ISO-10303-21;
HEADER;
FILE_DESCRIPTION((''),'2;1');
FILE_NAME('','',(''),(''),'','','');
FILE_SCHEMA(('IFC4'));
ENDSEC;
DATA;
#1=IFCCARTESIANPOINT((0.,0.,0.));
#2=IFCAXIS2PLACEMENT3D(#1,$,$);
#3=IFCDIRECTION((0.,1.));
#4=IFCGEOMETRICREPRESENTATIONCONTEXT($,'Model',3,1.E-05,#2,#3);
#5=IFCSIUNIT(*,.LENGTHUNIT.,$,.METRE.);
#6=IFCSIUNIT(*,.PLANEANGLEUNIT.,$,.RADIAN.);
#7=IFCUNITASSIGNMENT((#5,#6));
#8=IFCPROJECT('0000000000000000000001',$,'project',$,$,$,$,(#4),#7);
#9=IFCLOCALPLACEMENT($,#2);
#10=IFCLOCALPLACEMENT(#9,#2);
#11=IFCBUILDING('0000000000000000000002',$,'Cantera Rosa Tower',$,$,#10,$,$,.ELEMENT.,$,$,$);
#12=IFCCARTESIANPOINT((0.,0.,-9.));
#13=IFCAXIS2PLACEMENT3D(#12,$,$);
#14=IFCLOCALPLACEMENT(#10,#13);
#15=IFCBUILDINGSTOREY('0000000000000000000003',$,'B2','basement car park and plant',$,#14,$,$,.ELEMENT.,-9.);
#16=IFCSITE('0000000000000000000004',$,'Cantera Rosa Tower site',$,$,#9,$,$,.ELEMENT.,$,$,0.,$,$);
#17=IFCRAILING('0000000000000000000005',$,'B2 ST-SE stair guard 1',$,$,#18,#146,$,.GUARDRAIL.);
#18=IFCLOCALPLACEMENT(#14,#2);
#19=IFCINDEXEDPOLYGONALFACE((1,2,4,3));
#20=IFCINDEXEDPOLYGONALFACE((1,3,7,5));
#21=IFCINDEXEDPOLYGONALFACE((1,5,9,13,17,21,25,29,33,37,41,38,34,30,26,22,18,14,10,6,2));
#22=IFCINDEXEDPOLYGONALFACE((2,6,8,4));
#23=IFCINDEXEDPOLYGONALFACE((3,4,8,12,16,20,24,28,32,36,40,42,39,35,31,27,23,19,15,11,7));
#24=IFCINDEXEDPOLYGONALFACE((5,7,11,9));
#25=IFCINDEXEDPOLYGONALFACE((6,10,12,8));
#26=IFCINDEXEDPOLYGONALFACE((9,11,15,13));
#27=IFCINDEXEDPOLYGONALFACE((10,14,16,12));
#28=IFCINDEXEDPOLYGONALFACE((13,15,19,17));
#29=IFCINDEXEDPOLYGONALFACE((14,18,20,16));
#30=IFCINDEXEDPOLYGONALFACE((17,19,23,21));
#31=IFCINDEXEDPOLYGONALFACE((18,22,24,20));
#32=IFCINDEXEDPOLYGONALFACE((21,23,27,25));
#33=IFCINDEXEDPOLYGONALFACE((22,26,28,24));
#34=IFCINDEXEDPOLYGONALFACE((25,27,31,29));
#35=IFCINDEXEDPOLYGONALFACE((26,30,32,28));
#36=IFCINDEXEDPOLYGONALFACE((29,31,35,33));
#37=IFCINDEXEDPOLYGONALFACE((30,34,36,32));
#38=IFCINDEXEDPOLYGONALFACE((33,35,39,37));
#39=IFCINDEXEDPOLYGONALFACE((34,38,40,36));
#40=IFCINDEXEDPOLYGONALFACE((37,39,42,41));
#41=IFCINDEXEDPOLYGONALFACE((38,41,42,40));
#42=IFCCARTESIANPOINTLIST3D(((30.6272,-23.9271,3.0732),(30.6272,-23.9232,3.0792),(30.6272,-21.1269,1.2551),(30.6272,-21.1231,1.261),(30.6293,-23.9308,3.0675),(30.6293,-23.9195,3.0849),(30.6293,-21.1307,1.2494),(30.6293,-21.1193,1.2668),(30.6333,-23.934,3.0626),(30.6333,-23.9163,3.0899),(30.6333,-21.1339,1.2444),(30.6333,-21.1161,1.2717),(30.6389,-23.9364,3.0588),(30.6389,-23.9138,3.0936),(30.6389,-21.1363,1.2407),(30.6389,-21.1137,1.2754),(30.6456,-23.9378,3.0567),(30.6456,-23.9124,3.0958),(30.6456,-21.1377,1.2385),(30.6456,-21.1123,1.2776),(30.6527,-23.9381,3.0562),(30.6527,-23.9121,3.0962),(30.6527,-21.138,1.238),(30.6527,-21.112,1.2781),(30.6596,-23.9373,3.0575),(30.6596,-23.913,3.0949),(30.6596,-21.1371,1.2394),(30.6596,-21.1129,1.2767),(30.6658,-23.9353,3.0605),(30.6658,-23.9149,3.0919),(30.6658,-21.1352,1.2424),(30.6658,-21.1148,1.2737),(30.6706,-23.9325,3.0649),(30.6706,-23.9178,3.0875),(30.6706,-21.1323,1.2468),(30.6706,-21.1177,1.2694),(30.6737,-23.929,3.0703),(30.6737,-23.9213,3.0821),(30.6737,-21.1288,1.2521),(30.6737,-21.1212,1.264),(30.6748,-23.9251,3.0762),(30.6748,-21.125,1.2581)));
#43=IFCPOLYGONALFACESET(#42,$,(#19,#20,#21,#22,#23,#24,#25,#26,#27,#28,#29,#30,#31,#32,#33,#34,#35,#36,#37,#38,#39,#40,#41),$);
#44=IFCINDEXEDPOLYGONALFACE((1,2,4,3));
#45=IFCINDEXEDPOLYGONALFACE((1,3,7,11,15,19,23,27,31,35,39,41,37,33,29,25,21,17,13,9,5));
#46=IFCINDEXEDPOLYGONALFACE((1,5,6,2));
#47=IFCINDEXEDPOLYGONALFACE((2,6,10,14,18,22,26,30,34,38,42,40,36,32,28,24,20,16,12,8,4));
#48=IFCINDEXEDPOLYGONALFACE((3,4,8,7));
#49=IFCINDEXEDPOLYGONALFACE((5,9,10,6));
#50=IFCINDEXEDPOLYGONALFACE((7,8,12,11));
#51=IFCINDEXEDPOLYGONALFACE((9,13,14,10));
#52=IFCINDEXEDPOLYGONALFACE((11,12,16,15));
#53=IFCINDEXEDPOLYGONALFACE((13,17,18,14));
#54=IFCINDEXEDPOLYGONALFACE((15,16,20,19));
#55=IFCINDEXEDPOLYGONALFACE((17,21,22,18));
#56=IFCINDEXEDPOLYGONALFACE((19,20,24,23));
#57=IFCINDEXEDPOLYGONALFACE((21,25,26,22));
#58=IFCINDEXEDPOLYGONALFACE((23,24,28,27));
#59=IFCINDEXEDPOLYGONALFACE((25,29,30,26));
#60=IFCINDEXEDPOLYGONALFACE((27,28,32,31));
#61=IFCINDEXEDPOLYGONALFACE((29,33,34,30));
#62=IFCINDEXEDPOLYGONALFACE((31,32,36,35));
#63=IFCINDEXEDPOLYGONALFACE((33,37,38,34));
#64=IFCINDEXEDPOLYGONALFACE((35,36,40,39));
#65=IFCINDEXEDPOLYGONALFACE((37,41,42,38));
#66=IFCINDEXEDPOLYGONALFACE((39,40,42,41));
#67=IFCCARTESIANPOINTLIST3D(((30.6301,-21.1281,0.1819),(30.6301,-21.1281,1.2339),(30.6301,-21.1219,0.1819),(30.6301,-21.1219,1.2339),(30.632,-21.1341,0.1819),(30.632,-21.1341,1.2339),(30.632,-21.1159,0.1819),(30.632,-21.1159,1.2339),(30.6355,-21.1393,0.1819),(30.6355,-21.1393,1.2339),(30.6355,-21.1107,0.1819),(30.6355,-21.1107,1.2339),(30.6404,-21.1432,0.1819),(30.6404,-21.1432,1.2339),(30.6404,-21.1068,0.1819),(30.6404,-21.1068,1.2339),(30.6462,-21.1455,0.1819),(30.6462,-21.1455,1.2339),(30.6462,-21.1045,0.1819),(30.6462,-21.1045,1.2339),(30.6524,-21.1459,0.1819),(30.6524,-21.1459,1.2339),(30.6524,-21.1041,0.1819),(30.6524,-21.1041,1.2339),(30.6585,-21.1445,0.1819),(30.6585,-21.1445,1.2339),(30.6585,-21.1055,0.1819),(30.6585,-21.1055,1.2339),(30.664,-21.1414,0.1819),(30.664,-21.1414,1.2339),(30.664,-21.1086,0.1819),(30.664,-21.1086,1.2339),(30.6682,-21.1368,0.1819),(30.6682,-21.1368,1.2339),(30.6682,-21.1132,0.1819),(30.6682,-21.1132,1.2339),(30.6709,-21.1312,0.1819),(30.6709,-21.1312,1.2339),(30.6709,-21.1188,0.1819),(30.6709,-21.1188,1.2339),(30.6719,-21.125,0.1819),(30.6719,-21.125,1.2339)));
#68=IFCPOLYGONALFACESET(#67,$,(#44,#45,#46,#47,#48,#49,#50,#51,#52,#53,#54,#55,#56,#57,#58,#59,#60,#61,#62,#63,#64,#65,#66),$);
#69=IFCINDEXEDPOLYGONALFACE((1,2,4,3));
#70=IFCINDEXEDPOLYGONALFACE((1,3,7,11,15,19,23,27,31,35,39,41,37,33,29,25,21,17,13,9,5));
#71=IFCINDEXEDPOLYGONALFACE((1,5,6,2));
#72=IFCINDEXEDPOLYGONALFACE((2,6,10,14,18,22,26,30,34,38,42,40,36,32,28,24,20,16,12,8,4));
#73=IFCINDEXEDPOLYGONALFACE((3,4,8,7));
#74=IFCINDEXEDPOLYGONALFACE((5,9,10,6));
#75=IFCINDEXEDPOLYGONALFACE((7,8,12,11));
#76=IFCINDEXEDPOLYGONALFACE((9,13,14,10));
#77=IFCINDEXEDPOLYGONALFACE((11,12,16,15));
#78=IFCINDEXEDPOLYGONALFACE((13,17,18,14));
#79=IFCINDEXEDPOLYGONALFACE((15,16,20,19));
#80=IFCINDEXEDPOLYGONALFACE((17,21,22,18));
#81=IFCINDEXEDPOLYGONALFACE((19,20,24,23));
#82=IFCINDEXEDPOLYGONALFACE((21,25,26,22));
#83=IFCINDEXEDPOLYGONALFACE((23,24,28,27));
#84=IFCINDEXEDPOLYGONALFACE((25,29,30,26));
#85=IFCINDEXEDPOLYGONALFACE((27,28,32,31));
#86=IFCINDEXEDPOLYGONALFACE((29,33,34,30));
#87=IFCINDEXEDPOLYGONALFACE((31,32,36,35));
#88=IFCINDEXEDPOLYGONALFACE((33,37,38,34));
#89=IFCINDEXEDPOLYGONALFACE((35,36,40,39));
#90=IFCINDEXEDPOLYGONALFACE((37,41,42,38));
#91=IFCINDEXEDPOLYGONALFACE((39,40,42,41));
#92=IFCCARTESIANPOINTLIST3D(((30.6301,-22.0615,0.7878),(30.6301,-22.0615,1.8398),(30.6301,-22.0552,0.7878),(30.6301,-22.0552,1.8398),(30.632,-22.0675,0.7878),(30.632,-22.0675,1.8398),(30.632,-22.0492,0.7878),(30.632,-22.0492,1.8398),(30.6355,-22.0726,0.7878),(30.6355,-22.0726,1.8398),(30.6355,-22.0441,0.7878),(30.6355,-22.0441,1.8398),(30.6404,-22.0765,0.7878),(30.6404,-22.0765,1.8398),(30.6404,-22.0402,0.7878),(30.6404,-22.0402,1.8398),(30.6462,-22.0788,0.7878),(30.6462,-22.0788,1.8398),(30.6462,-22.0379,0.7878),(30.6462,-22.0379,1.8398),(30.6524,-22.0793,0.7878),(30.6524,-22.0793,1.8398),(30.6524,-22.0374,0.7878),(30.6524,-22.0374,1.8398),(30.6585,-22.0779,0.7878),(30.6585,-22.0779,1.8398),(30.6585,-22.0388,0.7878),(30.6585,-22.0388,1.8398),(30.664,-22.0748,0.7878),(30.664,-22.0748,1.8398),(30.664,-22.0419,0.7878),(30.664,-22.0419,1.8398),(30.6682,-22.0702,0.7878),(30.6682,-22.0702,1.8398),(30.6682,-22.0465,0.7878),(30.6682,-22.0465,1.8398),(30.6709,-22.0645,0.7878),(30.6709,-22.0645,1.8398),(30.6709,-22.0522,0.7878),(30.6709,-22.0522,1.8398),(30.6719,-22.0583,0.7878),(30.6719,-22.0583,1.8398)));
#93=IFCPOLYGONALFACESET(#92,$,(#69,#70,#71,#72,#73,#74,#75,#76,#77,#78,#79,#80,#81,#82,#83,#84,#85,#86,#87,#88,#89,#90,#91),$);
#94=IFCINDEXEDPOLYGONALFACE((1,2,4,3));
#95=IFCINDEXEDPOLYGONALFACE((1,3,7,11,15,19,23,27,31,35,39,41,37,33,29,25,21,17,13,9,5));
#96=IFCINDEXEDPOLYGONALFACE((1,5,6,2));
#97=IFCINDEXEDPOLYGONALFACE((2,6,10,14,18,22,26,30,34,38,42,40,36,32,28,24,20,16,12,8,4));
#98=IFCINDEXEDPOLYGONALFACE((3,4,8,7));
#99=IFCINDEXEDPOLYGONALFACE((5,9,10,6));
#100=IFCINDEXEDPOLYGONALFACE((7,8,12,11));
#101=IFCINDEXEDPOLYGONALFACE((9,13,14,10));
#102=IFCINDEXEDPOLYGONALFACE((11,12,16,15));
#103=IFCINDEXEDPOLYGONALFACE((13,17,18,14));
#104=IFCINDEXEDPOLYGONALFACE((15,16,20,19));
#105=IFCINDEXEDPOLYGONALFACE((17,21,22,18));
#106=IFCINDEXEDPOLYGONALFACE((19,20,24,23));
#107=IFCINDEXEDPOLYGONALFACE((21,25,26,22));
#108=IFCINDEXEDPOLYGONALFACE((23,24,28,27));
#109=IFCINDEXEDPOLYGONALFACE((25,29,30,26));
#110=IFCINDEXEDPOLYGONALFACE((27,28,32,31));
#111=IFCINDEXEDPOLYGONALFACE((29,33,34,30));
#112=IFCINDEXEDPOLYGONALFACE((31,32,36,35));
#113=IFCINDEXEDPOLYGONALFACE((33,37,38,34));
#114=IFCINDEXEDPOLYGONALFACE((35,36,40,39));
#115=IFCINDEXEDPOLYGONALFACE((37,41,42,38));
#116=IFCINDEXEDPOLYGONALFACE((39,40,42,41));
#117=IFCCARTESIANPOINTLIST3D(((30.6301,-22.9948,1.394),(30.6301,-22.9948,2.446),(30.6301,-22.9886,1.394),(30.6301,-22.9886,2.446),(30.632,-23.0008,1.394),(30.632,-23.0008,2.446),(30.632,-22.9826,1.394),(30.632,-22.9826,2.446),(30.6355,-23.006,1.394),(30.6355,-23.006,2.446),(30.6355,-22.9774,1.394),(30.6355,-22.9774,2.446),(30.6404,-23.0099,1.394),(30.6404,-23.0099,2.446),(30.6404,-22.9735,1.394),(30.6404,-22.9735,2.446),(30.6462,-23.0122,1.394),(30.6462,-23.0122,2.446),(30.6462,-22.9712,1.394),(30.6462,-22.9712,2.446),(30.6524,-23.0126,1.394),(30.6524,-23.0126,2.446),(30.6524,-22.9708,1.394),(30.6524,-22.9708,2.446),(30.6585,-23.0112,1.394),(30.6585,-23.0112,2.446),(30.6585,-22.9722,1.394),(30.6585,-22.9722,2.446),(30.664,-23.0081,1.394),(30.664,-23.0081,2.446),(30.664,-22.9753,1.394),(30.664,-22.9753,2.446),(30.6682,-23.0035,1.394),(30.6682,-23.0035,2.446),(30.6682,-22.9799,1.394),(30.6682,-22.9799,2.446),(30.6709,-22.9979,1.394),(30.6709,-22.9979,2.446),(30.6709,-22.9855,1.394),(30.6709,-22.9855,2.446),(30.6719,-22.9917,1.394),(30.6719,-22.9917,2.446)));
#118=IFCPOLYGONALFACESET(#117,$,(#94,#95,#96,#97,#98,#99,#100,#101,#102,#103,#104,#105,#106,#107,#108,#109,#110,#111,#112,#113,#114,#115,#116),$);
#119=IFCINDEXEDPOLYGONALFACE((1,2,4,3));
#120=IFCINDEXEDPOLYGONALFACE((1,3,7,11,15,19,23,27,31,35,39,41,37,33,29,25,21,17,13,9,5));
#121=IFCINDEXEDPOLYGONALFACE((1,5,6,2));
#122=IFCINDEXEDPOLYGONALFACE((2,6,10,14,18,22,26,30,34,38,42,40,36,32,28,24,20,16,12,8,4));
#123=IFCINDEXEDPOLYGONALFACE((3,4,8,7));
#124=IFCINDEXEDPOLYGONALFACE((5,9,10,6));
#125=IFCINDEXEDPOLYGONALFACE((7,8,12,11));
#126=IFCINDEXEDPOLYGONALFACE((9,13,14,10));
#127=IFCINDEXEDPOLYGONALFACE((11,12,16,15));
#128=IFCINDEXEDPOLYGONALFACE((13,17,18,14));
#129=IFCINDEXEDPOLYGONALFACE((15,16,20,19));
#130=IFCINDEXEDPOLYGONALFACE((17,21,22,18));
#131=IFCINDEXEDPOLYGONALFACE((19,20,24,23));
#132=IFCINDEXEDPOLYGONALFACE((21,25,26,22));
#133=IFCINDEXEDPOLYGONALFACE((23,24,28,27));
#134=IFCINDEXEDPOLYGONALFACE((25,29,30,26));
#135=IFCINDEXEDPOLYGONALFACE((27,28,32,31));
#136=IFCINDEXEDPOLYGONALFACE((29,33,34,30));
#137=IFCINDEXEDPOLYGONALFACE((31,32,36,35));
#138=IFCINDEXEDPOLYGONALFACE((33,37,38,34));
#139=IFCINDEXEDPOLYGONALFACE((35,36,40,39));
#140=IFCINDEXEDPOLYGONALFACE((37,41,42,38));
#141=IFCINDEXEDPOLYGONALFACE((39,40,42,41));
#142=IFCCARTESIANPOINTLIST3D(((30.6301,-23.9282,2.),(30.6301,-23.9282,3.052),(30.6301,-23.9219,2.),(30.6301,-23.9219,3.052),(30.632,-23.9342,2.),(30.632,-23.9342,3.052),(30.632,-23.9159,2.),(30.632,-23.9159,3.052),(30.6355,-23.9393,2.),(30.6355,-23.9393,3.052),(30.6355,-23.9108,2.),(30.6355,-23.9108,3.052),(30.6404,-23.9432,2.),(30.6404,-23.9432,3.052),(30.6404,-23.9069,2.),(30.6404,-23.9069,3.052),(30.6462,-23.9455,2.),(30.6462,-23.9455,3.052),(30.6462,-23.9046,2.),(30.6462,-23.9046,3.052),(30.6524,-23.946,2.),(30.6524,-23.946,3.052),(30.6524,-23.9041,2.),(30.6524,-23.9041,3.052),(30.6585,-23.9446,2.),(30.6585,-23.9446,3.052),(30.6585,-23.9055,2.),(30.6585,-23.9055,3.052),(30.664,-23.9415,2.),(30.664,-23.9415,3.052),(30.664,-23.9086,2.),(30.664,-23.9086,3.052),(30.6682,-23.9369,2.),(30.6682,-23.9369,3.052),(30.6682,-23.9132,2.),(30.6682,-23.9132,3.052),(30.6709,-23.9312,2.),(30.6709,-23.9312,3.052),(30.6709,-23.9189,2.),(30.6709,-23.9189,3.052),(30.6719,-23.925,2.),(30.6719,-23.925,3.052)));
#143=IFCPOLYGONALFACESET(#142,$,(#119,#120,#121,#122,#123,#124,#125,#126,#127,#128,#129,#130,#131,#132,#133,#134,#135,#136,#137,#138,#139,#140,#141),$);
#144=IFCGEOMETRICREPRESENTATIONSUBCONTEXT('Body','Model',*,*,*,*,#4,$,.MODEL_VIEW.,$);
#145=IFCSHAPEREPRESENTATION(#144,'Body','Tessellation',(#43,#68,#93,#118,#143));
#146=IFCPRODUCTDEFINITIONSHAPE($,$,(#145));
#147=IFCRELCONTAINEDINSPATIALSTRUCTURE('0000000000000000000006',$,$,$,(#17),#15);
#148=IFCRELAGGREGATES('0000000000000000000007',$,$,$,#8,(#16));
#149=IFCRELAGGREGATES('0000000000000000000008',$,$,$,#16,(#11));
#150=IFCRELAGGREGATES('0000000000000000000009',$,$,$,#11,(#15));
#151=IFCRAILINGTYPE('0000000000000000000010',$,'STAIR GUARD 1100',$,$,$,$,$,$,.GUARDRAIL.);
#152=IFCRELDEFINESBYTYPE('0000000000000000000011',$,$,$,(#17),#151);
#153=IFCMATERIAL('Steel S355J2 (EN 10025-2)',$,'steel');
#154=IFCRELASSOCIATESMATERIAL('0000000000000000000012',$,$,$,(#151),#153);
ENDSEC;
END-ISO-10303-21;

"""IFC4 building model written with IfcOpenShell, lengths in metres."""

from ifc_helpers import new_model, si_unit, direction, frame, origin, origin_2d, place, context, subcontext, project, spatial, circle, extrude, material, type_object, element, save


model = new_model("IFC4")

# Units and contexts
model_context = context("Model", 3, precision=1e-05, world=origin(), true_north=direction((0.0, 1.0)))
body_context = subcontext(model_context, "Body", "Model", "MODEL_VIEW")
ifc_project = project(units=[si_unit("LENGTHUNIT", "METRE"), si_unit("PLANEANGLEUNIT", "RADIAN")], contexts=[model_context])

# Site, building, storey
site_placement = place(None, origin())
site = spatial("IfcSite", under=ifc_project, at=site_placement, Name="Cantera Rosa Tower site", CompositionType="ELEMENT", RefElevation=0.0)
building_placement = place(site_placement, origin())
building = spatial("IfcBuilding", under=site, at=building_placement, Name="Cantera Rosa Tower", CompositionType="ELEMENT")
storey_placement = place(building_placement, frame((0.0, 0.0, -9.0)))
storey = spatial("IfcBuildingStorey", under=building, at=storey_placement, Name="B2", Description="basement car park and plant", CompositionType="ELEMENT", Elevation=-9.0)

# Railing
ifc_material_1 = material(Name="Steel S355J2 (EN 10025-2)", Category="steel")
railing_type_1 = type_object("IfcRailingType", Name="STAIR GUARD 1100", PredefinedType="GUARDRAIL", material=ifc_material_1)
railing_1_placement = place(storey_placement, frame((30.6509, -21.125, 0.1819)))
element("IfcRailing", 1, at=railing_1_placement, inside=storey, type_object=railing_type_1, Name="B2 ST-SE stair guard 1", PredefinedType="GUARDRAIL", context=body_context, shape_type="SweptSolid", body=[
    extrude(circle(Radius=0.0239, at=origin_2d()), frame((0.0, 0.0, 1.0762), z_axis=(0.0, -0.838706, 0.544585), x_axis=(1.0, 0.0, 0.0)), (0.0, 0.0, 1.0), 3.3386),
    extrude(circle(Radius=0.021, at=origin_2d()), origin(), (0.0, 0.0, 1.0), 1.052),
    extrude(circle(Radius=0.021, at=origin_2d()), frame((0.0, -0.9333, 0.606)), (0.0, 0.0, 1.0), 1.052),
    extrude(circle(Radius=0.021, at=origin_2d()), frame((0.0, -1.8667, 1.2122)), (0.0, 0.0, 1.0), 1.052),
    extrude(circle(Radius=0.021, at=origin_2d()), frame((0.0, -2.8, 1.8181)), (0.0, 0.0, 1.0), 1.052),
])

save(model, "model.ifc")
